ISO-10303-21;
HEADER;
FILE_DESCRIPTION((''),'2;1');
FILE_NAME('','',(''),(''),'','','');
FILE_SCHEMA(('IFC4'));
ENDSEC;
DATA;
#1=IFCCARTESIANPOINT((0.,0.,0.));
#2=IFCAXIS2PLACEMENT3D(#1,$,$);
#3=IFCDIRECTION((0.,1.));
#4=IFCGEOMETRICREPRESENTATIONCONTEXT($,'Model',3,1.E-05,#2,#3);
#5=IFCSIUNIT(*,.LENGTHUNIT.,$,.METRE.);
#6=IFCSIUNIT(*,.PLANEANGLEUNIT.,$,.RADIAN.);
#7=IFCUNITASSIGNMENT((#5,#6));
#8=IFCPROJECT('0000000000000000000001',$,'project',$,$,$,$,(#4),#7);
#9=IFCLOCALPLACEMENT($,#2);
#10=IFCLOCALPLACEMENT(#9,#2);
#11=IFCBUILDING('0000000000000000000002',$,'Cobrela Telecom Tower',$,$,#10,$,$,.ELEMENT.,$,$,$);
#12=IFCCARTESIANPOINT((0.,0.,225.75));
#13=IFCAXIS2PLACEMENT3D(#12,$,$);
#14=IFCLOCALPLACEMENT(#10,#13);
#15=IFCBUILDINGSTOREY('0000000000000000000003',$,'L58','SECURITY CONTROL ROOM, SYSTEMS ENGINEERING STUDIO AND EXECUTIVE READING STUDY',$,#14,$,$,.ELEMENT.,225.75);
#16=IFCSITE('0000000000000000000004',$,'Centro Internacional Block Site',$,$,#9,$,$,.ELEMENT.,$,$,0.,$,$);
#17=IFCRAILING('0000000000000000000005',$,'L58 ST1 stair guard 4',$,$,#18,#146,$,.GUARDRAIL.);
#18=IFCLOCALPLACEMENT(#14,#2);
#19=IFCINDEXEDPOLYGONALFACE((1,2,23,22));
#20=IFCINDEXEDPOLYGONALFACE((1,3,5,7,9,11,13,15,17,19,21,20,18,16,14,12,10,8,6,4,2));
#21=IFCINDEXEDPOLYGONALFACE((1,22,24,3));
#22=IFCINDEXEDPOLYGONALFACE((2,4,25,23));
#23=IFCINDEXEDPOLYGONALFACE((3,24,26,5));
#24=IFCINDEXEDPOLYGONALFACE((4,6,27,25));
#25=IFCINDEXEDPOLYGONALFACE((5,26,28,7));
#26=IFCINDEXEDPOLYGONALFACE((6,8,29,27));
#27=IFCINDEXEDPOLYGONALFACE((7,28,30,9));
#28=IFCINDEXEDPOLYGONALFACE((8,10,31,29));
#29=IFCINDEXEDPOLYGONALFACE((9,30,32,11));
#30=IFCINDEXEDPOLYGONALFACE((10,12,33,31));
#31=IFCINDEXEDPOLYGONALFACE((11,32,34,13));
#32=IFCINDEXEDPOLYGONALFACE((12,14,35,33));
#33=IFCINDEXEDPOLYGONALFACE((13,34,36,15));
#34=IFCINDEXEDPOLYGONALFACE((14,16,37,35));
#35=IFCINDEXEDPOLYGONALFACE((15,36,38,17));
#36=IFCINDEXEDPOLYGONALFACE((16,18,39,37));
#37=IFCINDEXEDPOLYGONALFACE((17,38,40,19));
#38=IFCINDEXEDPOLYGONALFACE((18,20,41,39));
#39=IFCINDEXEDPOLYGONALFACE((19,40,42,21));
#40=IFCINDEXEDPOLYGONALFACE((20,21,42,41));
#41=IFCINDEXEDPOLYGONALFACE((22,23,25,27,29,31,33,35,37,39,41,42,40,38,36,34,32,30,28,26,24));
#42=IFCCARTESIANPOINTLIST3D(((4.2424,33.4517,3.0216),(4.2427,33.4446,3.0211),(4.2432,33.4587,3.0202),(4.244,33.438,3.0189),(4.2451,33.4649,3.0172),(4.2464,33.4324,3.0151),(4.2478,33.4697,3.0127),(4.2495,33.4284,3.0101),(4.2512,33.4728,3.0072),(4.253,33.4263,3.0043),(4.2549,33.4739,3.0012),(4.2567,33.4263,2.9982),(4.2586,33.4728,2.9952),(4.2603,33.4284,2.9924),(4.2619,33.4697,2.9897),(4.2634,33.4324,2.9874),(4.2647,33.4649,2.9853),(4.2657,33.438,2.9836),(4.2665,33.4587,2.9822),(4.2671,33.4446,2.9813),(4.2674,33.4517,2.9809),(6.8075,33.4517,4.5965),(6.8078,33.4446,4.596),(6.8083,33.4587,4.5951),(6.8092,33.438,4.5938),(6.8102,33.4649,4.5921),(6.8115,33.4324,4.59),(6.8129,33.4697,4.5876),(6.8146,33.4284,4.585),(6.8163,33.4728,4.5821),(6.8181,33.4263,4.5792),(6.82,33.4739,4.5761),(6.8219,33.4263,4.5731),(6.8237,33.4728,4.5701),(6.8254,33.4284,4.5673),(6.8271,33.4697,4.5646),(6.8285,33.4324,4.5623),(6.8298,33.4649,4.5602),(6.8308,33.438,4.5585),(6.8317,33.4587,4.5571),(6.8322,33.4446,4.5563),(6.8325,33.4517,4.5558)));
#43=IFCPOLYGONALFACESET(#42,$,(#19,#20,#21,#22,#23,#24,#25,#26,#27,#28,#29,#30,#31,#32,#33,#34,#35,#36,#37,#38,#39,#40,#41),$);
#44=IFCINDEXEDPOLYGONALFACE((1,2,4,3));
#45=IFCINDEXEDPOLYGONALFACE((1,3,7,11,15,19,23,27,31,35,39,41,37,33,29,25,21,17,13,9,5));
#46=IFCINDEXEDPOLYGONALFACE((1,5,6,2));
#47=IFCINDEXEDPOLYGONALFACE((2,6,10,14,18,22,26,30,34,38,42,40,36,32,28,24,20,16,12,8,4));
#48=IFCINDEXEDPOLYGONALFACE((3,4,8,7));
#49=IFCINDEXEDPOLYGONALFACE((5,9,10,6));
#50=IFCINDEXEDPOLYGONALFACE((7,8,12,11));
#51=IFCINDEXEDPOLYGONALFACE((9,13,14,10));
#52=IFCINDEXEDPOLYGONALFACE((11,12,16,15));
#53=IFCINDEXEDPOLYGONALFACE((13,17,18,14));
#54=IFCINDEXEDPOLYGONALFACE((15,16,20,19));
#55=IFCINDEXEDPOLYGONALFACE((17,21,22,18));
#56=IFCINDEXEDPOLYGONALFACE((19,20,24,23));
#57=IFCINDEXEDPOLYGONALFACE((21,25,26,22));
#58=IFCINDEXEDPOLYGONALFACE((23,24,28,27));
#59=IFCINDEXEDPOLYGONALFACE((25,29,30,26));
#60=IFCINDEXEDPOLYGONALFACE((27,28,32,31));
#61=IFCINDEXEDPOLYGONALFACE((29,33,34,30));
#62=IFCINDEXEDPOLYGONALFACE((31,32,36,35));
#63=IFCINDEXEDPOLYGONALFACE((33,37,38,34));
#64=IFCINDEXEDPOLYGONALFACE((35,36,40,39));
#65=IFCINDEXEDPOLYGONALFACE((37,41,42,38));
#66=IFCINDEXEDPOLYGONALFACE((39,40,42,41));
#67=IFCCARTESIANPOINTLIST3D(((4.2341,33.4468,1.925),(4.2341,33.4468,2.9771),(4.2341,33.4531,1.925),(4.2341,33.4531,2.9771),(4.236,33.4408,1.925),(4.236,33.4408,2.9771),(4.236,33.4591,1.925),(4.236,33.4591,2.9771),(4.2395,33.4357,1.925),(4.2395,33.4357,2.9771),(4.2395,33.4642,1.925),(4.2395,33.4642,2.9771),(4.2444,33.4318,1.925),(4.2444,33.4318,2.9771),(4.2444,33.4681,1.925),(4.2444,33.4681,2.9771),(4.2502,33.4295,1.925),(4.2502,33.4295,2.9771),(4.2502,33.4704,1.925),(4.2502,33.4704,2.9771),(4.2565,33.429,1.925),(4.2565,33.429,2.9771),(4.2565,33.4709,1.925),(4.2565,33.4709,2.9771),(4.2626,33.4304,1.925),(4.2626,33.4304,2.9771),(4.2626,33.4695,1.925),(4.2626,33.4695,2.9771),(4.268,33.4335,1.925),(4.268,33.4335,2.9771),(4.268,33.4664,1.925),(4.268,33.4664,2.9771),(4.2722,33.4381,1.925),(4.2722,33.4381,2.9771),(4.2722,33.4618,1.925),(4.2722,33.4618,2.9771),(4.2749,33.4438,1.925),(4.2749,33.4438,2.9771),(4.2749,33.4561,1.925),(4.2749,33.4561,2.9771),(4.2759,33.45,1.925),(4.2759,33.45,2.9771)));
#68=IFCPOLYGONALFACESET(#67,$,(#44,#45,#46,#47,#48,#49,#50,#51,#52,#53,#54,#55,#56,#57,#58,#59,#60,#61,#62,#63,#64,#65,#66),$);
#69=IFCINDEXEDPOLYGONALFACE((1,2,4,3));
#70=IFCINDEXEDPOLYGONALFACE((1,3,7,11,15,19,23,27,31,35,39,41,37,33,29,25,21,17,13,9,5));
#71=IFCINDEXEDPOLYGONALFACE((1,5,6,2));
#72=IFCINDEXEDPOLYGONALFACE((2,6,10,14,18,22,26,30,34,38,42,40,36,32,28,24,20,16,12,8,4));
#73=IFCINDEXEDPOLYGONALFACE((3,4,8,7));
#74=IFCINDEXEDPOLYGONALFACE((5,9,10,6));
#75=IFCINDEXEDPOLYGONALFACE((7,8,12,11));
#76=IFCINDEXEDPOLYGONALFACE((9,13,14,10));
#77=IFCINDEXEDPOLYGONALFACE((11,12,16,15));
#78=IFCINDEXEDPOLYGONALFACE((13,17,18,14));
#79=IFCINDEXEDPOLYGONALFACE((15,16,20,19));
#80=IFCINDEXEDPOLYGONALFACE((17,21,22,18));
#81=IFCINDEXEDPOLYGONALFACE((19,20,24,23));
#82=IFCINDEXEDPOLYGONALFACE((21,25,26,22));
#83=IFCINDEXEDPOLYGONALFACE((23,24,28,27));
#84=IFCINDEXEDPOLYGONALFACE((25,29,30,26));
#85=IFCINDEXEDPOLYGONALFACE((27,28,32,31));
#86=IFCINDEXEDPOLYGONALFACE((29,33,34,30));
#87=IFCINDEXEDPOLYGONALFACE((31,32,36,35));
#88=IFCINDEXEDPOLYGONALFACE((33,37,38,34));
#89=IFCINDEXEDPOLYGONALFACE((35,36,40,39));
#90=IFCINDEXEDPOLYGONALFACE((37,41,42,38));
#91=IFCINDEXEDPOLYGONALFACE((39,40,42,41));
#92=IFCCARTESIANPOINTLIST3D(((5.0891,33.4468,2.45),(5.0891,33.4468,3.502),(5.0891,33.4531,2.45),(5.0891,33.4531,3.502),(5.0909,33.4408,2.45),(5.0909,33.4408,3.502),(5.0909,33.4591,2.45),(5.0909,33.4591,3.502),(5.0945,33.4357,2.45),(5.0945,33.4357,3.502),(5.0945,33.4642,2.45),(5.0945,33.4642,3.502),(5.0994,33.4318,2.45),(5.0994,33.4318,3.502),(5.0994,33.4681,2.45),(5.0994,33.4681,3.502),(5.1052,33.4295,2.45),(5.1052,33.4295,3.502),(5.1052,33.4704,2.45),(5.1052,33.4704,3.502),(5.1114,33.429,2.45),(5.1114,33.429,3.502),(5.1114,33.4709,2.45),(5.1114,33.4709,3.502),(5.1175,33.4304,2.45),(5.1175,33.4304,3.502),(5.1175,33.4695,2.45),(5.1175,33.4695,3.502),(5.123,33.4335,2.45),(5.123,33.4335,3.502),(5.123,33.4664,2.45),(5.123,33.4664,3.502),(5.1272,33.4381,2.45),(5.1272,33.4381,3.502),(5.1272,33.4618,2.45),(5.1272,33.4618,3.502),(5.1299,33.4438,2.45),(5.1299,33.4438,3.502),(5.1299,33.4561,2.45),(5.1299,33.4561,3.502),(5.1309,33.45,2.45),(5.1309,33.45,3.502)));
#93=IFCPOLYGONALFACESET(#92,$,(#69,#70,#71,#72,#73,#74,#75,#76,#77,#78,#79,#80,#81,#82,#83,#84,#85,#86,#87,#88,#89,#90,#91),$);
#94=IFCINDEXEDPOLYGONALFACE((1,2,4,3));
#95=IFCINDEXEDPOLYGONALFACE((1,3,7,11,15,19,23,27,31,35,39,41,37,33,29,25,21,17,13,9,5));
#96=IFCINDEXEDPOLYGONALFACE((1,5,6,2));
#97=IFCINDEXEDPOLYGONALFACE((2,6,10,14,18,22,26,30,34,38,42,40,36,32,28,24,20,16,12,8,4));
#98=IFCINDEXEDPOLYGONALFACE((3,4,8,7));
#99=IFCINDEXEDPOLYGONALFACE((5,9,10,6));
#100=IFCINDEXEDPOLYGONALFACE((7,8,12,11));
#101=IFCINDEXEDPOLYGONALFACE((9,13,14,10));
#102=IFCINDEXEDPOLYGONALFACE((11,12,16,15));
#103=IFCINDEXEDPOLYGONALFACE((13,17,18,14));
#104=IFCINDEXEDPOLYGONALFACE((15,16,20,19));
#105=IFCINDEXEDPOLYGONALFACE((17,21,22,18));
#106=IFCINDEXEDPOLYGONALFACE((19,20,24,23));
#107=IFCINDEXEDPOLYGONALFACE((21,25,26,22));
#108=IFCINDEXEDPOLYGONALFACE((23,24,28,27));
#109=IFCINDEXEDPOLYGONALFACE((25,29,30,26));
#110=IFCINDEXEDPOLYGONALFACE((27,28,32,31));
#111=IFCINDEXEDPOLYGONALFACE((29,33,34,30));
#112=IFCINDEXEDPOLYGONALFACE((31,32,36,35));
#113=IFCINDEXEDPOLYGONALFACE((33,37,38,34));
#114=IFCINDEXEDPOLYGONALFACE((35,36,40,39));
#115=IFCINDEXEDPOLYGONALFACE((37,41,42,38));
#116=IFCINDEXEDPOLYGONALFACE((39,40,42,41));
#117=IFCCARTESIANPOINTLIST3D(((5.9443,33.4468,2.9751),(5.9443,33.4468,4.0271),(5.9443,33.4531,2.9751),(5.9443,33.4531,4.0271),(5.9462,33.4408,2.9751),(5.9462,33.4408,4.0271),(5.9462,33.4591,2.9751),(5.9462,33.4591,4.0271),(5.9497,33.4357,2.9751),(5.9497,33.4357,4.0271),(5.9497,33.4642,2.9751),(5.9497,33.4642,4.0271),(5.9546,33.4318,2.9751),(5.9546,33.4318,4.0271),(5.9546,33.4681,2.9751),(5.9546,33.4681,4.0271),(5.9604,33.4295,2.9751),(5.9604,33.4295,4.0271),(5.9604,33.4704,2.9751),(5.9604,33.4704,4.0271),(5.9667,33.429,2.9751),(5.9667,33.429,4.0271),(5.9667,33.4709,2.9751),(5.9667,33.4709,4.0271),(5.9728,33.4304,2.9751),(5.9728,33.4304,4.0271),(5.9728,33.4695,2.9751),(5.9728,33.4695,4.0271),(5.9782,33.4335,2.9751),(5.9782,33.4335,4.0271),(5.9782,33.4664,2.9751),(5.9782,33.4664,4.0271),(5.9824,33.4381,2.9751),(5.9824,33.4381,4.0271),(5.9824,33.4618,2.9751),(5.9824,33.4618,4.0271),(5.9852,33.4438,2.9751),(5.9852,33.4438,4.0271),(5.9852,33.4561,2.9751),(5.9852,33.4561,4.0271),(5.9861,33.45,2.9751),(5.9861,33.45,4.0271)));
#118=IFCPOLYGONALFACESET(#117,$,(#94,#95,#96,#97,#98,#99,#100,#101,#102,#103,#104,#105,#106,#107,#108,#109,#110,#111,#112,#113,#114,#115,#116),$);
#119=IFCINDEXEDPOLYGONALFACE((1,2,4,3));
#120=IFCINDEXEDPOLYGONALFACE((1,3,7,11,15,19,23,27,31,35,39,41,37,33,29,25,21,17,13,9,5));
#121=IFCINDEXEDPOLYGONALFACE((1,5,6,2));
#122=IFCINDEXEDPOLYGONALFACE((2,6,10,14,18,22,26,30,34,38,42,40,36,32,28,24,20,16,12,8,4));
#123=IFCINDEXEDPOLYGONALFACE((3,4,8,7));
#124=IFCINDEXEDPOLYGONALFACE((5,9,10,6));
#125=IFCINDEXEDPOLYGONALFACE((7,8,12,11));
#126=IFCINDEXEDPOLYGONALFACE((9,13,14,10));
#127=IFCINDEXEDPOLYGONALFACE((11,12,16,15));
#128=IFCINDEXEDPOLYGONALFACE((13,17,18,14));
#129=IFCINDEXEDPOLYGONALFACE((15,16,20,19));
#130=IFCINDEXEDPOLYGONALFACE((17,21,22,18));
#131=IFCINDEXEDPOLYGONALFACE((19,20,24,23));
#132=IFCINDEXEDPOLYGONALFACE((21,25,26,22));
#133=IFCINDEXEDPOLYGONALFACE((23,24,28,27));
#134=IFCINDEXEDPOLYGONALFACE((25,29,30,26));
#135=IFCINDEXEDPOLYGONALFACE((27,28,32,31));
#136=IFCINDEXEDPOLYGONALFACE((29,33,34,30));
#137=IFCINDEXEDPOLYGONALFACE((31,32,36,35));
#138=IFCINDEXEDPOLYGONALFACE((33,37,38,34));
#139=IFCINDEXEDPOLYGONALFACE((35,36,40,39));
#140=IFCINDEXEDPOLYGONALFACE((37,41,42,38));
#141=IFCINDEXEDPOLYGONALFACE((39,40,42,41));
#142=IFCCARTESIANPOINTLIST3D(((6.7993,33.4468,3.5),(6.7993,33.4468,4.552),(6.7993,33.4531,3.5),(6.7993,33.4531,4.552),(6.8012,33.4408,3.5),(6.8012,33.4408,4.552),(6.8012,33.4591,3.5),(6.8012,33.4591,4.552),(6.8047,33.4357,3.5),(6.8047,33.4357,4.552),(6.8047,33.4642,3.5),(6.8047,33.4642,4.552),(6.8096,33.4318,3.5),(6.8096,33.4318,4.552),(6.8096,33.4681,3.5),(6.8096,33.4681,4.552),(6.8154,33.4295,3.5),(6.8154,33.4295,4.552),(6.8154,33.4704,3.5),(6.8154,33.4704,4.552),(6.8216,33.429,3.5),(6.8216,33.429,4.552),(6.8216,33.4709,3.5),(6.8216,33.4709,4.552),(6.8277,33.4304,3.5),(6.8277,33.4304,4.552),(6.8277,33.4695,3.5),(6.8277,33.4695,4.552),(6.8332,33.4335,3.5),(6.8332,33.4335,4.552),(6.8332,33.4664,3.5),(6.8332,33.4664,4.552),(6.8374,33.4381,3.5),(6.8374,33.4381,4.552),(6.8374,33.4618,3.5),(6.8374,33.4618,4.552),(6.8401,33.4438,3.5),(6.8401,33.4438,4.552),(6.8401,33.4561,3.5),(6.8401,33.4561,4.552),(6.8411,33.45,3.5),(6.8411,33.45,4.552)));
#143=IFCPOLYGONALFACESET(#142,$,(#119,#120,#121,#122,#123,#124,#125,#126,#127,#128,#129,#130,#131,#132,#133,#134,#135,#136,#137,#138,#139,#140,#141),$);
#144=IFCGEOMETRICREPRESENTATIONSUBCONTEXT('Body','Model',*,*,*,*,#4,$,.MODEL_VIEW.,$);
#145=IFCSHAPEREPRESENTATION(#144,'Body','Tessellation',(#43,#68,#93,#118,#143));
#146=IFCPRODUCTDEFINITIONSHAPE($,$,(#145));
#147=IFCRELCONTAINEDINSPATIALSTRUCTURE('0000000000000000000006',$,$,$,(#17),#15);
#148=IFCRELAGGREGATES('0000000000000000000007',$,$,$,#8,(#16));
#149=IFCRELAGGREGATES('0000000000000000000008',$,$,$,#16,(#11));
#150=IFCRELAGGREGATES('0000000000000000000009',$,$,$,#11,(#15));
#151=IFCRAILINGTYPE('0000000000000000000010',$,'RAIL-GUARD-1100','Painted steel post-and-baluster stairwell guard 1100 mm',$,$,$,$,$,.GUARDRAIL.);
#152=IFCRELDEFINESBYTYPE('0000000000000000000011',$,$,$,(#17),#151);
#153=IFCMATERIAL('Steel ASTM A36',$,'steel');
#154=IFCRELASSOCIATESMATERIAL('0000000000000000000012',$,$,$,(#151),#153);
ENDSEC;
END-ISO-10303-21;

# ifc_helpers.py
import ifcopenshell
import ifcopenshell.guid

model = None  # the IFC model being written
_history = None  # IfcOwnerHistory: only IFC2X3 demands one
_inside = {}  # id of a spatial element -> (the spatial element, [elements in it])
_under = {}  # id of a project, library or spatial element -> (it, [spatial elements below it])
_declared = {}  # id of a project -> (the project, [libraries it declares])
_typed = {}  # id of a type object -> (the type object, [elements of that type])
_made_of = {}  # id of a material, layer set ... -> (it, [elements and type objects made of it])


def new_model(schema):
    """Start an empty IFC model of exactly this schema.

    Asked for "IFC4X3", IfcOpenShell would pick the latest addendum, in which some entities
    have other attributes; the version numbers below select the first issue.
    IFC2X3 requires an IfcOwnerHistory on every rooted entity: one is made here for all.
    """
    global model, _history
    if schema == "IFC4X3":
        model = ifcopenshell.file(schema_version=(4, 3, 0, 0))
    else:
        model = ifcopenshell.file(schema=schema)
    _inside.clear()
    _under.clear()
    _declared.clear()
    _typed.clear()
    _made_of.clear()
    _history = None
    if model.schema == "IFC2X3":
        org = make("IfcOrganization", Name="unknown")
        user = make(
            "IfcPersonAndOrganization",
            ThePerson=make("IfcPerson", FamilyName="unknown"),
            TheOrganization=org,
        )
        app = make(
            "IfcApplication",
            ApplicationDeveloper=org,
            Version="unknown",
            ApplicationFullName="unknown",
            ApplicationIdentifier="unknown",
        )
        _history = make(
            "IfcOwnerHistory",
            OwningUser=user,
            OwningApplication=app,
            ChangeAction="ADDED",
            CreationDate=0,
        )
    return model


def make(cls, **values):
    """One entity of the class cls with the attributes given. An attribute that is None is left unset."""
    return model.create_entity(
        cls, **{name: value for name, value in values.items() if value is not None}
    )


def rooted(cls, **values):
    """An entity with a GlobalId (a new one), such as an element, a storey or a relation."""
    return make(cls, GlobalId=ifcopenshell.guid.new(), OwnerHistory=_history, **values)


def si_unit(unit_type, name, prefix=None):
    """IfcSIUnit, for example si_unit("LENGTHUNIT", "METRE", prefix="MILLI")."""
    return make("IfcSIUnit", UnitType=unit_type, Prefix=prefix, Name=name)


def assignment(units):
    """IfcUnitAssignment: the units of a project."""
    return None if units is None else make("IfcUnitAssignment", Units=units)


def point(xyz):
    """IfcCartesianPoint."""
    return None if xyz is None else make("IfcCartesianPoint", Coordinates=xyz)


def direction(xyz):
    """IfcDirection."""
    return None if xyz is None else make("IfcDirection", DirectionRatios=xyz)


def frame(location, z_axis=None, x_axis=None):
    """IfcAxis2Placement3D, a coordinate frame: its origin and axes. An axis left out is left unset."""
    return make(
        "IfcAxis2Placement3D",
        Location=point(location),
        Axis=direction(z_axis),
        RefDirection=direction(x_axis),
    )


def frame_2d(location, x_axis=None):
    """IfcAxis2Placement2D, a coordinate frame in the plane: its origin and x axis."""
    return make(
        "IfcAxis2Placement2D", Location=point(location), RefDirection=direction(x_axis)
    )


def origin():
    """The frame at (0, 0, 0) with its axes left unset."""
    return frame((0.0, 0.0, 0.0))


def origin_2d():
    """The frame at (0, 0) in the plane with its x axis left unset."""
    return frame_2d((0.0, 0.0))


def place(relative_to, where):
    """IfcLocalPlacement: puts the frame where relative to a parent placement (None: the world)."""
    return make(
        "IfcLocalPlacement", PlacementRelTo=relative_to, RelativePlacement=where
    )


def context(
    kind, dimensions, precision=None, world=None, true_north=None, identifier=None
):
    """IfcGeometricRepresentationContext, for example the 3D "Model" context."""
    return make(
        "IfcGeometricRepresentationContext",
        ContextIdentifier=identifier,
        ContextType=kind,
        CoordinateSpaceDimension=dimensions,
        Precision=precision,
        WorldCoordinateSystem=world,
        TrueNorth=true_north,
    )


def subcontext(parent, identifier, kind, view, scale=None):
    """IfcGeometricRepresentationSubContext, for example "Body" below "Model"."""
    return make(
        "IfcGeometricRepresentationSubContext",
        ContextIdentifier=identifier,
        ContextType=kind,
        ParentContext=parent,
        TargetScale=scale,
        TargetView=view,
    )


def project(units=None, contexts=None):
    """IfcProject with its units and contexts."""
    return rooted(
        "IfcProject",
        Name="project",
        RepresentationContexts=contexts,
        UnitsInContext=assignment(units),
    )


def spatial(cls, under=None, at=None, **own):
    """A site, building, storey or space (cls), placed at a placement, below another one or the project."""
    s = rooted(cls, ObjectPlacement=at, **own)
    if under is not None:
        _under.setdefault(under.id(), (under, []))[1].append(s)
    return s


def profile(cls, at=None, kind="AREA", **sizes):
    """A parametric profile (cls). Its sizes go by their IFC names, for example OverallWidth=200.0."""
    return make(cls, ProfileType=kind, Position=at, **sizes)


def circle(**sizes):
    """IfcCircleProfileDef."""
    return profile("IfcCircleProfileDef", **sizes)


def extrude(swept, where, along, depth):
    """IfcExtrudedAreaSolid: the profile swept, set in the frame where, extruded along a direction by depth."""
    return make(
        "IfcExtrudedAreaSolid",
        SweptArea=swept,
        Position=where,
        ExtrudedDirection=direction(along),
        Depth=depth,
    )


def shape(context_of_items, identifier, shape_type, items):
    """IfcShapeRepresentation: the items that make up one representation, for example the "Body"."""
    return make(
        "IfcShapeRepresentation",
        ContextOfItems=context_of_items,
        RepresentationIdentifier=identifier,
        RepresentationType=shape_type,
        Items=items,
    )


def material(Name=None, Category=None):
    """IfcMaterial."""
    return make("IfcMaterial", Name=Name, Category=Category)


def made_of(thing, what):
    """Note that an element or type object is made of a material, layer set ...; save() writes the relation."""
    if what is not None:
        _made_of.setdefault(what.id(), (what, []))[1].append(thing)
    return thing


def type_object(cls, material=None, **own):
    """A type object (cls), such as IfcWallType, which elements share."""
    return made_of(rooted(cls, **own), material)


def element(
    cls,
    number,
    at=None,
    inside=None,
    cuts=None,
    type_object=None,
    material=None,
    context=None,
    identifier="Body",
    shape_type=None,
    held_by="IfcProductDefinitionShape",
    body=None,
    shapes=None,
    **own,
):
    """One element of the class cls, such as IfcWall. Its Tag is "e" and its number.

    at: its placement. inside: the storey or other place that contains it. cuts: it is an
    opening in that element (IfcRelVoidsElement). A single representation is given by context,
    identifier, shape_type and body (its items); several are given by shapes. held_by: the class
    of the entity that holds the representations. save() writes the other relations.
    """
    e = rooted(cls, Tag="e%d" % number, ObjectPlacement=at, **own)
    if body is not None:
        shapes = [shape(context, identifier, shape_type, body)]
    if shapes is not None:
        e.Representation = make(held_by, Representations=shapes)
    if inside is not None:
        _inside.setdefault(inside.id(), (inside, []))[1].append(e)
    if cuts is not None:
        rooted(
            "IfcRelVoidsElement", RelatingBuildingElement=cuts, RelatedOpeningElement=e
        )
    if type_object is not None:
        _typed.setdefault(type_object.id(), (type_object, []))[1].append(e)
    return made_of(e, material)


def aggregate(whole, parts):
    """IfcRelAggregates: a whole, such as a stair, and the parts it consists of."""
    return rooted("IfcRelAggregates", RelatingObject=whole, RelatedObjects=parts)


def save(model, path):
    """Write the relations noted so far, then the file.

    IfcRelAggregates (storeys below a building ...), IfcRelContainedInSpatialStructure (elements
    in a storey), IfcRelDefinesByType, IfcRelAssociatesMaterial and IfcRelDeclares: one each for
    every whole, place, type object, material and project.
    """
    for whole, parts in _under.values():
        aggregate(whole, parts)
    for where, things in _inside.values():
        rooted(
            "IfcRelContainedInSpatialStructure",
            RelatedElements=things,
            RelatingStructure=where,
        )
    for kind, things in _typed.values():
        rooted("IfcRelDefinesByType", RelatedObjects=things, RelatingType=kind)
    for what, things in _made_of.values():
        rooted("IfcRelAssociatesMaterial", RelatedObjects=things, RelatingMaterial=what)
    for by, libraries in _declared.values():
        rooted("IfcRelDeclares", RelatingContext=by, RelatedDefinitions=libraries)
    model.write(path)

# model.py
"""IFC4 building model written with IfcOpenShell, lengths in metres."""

from ifc_helpers import new_model, si_unit, direction, frame, origin, origin_2d, place, context, subcontext, project, spatial, circle, extrude, material, type_object, element, save


model = new_model("IFC4")

# Units and contexts
model_context = context("Model", 3, precision=1e-05, world=origin(), true_north=direction((0.0, 1.0)))
body_context = subcontext(model_context, "Body", "Model", "MODEL_VIEW")
ifc_project = project(units=[si_unit("LENGTHUNIT", "METRE"), si_unit("PLANEANGLEUNIT", "RADIAN")], contexts=[model_context])

# Site, building, storey
site_placement = place(None, origin())
site = spatial("IfcSite", under=ifc_project, at=site_placement, Name="Centro Internacional Block Site", CompositionType="ELEMENT", RefElevation=0.0)
building_placement = place(site_placement, origin())
building = spatial("IfcBuilding", under=site, at=building_placement, Name="Cobrela Telecom Tower", CompositionType="ELEMENT")
storey_placement = place(building_placement, frame((0.0, 0.0, 225.75)))
storey = spatial("IfcBuildingStorey", under=building, at=storey_placement, Name="L58", Description="SECURITY CONTROL ROOM, SYSTEMS ENGINEERING STUDIO AND EXECUTIVE READING STUDY", CompositionType="ELEMENT", Elevation=225.75)

# Shared definitions
ifc_material_1 = material(Name="Steel ASTM A36", Category="steel")

# Railing
railing_type_1 = type_object("IfcRailingType", Name="RAIL-GUARD-1100", Description="Painted steel post-and-baluster stairwell guard 1100 mm", PredefinedType="GUARDRAIL", material=ifc_material_1)
railing_1_placement = place(storey_placement, frame((4.2549, 33.45, 1.925)))
element("IfcRailing", 1, at=railing_1_placement, inside=storey, type_object=railing_type_1, Name="L58 ST1 stair guard 4", PredefinedType="GUARDRAIL", context=body_context, shape_type="SweptSolid", body=[
    extrude(circle(Radius=0.0239, at=origin_2d()), frame((0.0, 0.0, 1.0762), z_axis=(0.852195, 0.0, 0.523224), x_axis=(0.0, 1.0, 0.0)), (0.0, 0.0, 1.0), 3.01),
    extrude(circle(Radius=0.021, at=origin_2d()), origin(), (0.0, 0.0, 1.0), 1.052),
    extrude(circle(Radius=0.021, at=origin_2d()), frame((0.855, 0.0, 0.5249)), (0.0, 0.0, 1.0), 1.052),
    extrude(circle(Radius=0.021, at=origin_2d()), frame((1.7102, 0.0, 1.05)), (0.0, 0.0, 1.0), 1.052),
    extrude(circle(Radius=0.021, at=origin_2d()), frame((2.5652, 0.0, 1.575)), (0.0, 0.0, 1.0), 1.052),
])

save(model, "model.ifc")
